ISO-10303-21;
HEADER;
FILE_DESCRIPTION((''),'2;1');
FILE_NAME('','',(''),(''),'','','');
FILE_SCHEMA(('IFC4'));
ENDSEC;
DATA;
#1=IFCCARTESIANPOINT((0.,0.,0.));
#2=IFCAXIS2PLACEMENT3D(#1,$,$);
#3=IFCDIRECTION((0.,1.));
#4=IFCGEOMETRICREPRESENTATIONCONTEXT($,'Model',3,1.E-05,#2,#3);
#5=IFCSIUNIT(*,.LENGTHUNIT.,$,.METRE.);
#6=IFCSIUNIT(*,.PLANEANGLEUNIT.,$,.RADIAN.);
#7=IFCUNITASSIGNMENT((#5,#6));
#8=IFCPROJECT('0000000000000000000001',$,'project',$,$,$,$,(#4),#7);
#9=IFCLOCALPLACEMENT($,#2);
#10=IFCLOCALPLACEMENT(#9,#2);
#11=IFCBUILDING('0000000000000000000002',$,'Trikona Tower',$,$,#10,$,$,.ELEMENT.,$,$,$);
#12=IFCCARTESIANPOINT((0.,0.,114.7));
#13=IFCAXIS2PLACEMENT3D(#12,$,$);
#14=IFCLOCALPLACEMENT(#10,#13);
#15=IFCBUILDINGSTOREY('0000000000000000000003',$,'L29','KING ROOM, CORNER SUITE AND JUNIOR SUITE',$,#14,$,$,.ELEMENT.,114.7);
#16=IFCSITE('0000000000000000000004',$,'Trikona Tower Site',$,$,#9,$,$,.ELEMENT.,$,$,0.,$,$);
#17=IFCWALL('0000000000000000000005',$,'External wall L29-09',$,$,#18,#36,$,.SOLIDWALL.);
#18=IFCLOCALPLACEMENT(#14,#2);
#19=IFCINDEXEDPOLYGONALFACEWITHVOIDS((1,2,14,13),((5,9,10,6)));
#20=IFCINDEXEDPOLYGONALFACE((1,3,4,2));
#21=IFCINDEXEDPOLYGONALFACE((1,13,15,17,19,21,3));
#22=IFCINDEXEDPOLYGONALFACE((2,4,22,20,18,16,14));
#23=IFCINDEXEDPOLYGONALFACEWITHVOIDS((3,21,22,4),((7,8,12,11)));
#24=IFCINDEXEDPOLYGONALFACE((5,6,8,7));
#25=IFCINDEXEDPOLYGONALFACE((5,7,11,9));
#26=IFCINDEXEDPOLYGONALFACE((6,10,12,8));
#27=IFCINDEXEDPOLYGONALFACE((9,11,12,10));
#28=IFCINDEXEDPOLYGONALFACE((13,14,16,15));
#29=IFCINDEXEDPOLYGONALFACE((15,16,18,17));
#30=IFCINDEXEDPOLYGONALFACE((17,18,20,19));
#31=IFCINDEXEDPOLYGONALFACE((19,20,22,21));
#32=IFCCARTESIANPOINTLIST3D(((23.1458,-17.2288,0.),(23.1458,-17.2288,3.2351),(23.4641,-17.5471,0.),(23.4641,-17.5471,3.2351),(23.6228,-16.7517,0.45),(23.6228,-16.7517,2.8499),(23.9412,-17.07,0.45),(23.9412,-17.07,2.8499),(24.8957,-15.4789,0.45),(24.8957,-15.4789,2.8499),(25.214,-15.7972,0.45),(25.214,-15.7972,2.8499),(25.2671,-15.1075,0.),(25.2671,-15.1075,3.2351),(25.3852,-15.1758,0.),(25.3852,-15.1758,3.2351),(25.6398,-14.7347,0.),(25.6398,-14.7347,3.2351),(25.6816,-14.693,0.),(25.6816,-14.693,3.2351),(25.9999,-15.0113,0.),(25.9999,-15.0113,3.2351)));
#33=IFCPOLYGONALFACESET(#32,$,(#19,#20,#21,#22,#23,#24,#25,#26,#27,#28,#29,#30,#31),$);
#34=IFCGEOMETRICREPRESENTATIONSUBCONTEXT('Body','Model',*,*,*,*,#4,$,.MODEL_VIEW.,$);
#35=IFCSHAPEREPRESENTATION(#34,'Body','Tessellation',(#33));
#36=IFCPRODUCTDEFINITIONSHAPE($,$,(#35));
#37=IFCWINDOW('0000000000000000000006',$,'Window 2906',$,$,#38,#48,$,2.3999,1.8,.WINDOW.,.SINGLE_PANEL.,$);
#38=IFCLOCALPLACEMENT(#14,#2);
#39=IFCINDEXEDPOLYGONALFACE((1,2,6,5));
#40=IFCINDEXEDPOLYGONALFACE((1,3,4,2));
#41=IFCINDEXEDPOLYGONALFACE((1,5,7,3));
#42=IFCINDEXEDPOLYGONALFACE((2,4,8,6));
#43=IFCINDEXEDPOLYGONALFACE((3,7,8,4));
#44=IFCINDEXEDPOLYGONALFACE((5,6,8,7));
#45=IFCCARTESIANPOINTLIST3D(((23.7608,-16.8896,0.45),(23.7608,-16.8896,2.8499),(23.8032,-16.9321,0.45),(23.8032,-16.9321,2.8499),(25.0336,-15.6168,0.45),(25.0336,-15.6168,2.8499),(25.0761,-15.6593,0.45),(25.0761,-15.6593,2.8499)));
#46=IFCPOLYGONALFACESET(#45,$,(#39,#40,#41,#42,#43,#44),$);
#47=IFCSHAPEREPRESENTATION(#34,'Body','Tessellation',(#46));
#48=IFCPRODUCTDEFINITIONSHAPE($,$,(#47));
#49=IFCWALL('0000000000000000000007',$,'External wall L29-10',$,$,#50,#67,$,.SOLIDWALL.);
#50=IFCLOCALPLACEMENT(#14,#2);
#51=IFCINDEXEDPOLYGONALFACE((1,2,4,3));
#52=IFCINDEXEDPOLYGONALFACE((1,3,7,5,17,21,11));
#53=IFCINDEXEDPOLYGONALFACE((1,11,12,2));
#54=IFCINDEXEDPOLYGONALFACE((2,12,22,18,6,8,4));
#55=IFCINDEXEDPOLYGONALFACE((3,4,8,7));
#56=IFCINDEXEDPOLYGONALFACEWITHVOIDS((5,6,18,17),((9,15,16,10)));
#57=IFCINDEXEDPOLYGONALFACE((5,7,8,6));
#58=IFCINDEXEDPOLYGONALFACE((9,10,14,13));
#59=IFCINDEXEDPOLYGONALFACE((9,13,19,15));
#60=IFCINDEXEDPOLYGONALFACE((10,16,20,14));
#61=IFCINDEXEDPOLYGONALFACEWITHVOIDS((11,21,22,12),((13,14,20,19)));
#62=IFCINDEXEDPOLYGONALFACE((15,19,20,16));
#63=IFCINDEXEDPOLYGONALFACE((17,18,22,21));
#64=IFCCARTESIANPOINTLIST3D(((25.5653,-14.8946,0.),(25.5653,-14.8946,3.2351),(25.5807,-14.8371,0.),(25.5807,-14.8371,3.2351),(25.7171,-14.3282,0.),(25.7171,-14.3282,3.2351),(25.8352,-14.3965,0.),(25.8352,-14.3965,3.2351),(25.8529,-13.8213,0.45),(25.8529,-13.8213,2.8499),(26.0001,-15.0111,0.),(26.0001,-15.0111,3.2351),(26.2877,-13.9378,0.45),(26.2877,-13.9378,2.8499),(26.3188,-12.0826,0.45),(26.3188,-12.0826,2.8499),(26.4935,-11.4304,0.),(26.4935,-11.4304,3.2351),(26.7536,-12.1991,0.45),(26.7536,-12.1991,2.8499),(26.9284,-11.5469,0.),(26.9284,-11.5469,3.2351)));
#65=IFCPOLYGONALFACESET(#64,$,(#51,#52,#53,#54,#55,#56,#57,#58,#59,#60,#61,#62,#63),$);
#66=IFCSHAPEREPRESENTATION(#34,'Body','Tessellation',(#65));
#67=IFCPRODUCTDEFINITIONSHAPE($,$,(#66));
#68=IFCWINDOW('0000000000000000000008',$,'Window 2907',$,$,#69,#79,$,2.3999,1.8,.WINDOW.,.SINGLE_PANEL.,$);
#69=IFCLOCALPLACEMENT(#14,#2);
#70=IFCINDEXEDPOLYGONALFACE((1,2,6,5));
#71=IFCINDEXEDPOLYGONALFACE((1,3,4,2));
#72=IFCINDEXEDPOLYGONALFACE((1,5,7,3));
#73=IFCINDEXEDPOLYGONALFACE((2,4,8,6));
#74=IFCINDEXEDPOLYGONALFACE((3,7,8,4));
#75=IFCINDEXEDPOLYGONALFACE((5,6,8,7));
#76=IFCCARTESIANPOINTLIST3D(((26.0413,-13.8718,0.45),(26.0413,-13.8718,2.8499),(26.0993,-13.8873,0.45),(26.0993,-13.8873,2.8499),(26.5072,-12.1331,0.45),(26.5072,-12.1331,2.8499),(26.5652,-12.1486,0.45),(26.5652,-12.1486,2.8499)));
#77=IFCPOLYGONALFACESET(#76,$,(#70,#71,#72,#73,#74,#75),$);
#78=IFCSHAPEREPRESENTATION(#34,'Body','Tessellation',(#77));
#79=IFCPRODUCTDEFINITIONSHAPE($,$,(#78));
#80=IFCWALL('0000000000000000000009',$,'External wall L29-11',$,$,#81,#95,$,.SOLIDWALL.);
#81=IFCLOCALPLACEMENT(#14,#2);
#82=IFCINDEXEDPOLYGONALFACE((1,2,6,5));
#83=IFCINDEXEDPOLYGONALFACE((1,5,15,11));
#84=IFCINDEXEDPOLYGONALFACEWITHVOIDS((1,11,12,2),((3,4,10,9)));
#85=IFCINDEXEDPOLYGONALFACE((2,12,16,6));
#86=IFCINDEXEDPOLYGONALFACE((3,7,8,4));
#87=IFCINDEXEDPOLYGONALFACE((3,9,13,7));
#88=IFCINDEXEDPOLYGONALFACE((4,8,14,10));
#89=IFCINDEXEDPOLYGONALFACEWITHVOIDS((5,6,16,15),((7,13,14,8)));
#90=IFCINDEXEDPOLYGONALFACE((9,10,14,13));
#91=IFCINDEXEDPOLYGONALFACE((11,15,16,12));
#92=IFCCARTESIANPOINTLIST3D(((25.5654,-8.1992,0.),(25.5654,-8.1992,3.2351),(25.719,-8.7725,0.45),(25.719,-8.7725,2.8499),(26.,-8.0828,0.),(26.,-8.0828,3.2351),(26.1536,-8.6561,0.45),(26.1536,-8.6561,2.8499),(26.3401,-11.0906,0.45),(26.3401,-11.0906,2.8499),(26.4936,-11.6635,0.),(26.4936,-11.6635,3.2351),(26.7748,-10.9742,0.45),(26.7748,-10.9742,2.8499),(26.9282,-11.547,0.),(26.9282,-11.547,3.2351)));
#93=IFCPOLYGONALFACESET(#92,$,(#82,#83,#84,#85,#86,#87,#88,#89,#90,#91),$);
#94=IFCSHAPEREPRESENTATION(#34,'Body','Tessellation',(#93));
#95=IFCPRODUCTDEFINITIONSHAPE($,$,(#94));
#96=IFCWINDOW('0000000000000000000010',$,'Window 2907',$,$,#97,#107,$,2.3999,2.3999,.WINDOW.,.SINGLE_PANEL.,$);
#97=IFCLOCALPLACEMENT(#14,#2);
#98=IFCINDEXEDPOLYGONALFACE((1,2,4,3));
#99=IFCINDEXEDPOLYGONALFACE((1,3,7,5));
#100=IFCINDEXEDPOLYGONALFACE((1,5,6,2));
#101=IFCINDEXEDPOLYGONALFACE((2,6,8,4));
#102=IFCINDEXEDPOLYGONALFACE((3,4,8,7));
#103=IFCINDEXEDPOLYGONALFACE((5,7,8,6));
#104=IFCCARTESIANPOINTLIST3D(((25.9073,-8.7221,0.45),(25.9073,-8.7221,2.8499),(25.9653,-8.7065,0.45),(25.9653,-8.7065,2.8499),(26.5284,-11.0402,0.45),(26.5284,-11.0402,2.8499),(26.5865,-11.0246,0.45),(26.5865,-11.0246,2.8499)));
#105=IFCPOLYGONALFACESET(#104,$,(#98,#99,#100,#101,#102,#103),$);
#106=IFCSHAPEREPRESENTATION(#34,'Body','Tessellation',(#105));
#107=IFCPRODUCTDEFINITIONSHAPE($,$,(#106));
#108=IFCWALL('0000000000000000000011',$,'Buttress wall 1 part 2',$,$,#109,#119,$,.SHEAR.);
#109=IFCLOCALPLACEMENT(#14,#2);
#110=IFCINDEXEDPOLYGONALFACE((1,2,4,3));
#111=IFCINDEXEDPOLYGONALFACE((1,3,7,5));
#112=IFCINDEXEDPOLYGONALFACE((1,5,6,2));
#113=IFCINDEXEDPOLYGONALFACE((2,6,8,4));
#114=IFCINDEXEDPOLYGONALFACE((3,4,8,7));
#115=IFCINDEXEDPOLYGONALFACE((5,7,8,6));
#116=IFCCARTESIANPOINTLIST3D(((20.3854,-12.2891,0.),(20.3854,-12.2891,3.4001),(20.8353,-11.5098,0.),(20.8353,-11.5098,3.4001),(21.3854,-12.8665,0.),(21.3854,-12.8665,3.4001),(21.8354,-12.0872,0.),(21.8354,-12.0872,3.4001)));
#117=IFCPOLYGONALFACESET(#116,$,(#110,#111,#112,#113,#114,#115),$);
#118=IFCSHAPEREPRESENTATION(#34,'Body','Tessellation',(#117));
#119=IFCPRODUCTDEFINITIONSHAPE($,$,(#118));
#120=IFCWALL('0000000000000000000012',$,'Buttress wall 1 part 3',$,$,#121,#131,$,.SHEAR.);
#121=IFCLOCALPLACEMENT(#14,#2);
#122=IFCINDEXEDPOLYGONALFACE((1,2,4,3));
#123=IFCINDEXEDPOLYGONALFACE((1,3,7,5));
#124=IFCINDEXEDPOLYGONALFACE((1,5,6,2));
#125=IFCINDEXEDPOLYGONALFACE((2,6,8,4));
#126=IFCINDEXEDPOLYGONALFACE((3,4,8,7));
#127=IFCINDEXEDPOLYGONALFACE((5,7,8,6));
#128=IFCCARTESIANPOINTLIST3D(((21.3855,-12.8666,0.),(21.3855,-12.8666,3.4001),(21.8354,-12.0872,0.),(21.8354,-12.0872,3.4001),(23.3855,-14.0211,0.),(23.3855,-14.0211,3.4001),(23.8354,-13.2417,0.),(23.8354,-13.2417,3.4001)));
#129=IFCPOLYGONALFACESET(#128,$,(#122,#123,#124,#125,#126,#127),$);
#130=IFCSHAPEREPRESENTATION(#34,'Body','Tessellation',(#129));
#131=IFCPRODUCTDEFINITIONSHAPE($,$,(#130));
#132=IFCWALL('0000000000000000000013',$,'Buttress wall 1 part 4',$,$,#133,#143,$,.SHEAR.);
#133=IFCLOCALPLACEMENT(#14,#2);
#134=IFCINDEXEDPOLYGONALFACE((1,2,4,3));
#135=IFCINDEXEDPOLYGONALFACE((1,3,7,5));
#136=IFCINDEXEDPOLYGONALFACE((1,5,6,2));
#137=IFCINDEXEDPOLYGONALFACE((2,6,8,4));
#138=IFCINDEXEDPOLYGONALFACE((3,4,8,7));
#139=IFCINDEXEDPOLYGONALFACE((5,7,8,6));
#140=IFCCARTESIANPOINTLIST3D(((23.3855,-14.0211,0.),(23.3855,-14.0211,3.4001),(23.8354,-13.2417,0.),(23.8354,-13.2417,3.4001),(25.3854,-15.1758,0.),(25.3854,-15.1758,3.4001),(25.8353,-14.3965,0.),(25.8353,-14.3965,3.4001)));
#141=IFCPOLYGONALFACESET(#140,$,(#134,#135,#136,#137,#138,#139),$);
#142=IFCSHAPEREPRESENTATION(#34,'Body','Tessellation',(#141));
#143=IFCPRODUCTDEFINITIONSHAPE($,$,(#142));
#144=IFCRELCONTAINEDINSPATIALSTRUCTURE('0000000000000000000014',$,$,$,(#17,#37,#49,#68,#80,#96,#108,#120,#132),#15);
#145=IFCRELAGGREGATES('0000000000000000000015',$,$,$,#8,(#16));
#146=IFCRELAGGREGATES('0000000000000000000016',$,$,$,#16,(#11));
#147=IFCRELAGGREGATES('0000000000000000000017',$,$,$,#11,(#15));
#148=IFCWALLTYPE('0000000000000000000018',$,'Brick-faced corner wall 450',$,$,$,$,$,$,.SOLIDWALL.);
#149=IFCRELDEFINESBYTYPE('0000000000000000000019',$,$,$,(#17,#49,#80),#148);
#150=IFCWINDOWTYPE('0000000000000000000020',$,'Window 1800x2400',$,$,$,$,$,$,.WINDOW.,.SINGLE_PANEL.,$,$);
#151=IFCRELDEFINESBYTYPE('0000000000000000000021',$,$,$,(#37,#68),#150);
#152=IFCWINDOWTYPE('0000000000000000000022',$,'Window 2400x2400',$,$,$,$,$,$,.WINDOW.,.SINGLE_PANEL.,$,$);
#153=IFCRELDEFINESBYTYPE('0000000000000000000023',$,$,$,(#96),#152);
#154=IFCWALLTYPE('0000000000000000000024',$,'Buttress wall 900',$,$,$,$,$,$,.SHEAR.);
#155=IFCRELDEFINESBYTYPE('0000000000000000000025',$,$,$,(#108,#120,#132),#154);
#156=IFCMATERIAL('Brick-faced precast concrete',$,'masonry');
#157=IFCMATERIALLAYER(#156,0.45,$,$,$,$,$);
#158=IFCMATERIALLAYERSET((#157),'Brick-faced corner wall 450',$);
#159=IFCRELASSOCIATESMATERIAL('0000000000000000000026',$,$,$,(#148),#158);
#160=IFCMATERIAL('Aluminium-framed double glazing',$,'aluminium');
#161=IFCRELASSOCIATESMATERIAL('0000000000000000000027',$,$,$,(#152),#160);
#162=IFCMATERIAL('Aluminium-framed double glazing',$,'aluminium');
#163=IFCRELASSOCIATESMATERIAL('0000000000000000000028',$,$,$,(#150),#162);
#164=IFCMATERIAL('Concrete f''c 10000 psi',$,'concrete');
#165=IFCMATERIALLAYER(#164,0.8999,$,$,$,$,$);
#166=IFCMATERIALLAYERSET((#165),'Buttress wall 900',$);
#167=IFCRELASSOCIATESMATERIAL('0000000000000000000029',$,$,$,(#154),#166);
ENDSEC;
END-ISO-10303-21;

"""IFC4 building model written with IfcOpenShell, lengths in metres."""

from ifc_helpers import new_model, si_unit, direction, frame, frame_2d, origin, place, context, subcontext, project, spatial, polyline, rectangle, outline, extrude, material, layer, layer_set, type_object, element, fill, save


model = new_model("IFC4")

# Units and contexts
model_context = context("Model", 3, precision=1e-05, world=origin(), true_north=direction((0.0, 1.0)))
body_context = subcontext(model_context, "Body", "Model", "MODEL_VIEW")
ifc_project = project(units=[si_unit("LENGTHUNIT", "METRE"), si_unit("PLANEANGLEUNIT", "RADIAN")], contexts=[model_context])

# Site, building, storey
site_placement = place(None, origin())
site = spatial("IfcSite", under=ifc_project, at=site_placement, Name="Trikona Tower Site", CompositionType="ELEMENT", RefElevation=0.0)
building_placement = place(site_placement, origin())
building = spatial("IfcBuilding", under=site, at=building_placement, Name="Trikona Tower", CompositionType="ELEMENT")
storey_placement = place(building_placement, frame((0.0, 0.0, 114.7)))
storey = spatial("IfcBuildingStorey", under=building, at=storey_placement, Name="L29", Description="KING ROOM, CORNER SUITE AND JUNIOR SUITE", CompositionType="ELEMENT", Elevation=114.7)

# Walls, openings, windows
ifc_material_1 = material(Name="Brick-faced precast concrete", Category="masonry")
ifc_layer_1 = layer(ifc_material_1, 0.45)
ifc_layer_set_1 = layer_set([ifc_layer_1], Name="Brick-faced corner wall 450")
wall_type_1 = type_object("IfcWallType", Name="Brick-faced corner wall 450", PredefinedType="SOLIDWALL", material=ifc_layer_set_1)
ifc_material_2 = material(Name="Aluminium-framed double glazing", Category="aluminium")
window_type_1 = type_object("IfcWindowType", Name="Window 2400x2400", PartitioningType="SINGLE_PANEL", PredefinedType="WINDOW", material=ifc_material_2)
wall_1_placement = place(storey_placement, frame((23.3049, -17.3879, 0.0), z_axis=(0.0, 0.0, 1.0), x_axis=(0.707107, 0.707107, 0.0)))
wall_1 = element("IfcWall", 1, at=wall_1_placement, inside=storey, type_object=wall_type_1, Name="External wall L29-09", PredefinedType="SOLIDWALL", context=body_context, shape_type="SweptSolid", body=[
    extrude(outline(polyline([(3.5862, 0.2251), (3.5271, 0.2251), (3.0352, 0.0933), (3.0, 0.2251), (0.0, 0.2251), (0.0, -0.2251), (3.5862, -0.2251), (3.5862, 0.2251)])), origin(), (0.0, 0.0, 1.0), 3.2351),
])
opening_1_placement = place(wall_1_placement, frame((0.6748, 0.0, 0.45)))
opening_1 = element("IfcOpeningElement", 2, at=opening_1_placement, cuts=wall_1, PredefinedType="OPENING", context=body_context, shape_type="SweptSolid", body=[
    extrude(rectangle(XDim=1.8, YDim=2.3999, at=frame_2d((0.8999, 1.2))), frame((0.0, 0.2349, 0.0), z_axis=(0.0, -1.0, 0.0), x_axis=(1.0, 0.0, 0.0)), (0.0, 0.0, 1.0), 0.47),
])
ifc_material_3 = material(Name="Aluminium-framed double glazing", Category="aluminium")
window_type_2 = type_object("IfcWindowType", Name="Window 1800x2400", PartitioningType="SINGLE_PANEL", PredefinedType="WINDOW", material=ifc_material_3)
window_1_placement = place(opening_1_placement, origin())
window_1 = element("IfcWindow", 3, at=window_1_placement, inside=storey, type_object=window_type_2, Name="Window 2906", OverallHeight=2.3999, OverallWidth=1.8, PartitioningType="SINGLE_PANEL", PredefinedType="WINDOW", context=body_context, shape_type="SweptSolid", body=[
    extrude(rectangle(XDim=1.8, YDim=2.3999, at=frame_2d((0.8999, 1.2))), frame((0.0, 0.03, 0.0), z_axis=(0.0, -1.0, 0.0), x_axis=(1.0, 0.0, 0.0)), (0.0, 0.0, 1.0), 0.0601),
])
fill(opening_1, window_1)
wall_2_placement = place(storey_placement, frame((25.7827, -14.9529, 0.0), z_axis=(0.0, 0.0, 1.0), x_axis=(0.258823, 0.965925, 0.0)))
wall_2 = element("IfcWall", 4, at=wall_2_placement, inside=storey, type_object=wall_type_1, Name="External wall L29-10", PredefinedType="SOLIDWALL", context=body_context, shape_type="SweptSolid", body=[
    extrude(outline(polyline([(3.5864, 0.2251), (0.5864, 0.2251), (0.551, 0.0933), (0.0596, 0.2251), (0.0, 0.2251), (0.0, -0.2251), (3.5864, -0.2251), (3.5864, 0.2251)])), origin(), (0.0, 0.0, 1.0), 3.2351),
])
opening_2_placement = place(wall_2_placement, frame((1.1113, 0.0, 0.45)))
opening_2 = element("IfcOpeningElement", 5, at=opening_2_placement, cuts=wall_2, PredefinedType="OPENING", context=body_context, shape_type="SweptSolid", body=[
    extrude(rectangle(XDim=1.8, YDim=2.3999, at=frame_2d((0.8999, 1.2))), frame((0.0, 0.2349, 0.0), z_axis=(0.0, -1.0, 0.0), x_axis=(1.0, 0.0, 0.0)), (0.0, 0.0, 1.0), 0.47),
])
window_2_placement = place(opening_2_placement, origin())
window_2 = element("IfcWindow", 6, at=window_2_placement, inside=storey, type_object=window_type_2, Name="Window 2907", OverallHeight=2.3999, OverallWidth=1.8, PartitioningType="SINGLE_PANEL", PredefinedType="WINDOW", context=body_context, shape_type="SweptSolid", body=[
    extrude(rectangle(XDim=1.8, YDim=2.3999, at=frame_2d((0.8999, 1.2))), frame((0.0, 0.03, 0.0), z_axis=(0.0, -1.0, 0.0), x_axis=(1.0, 0.0, 0.0)), (0.0, 0.0, 1.0), 0.0601),
])
fill(opening_2, window_2)
wall_3_placement = place(storey_placement, frame((26.7109, -11.6052, 0.0), z_axis=(0.0, 0.0, 1.0), x_axis=(-0.258823, 0.965925, 0.0)))
wall_3 = element("IfcWall", 7, at=wall_3_placement, inside=storey, type_object=wall_type_1, Name="External wall L29-11", PredefinedType="SOLIDWALL", context=body_context, shape_type="SweptSolid", body=[
    extrude(rectangle(XDim=3.5864, YDim=0.45, at=frame_2d((1.7932, 0.0))), origin(), (0.0, 0.0, 1.0), 3.2351),
])
opening_3_placement = place(wall_3_placement, frame((0.593, 0.0, 0.45)))
opening_3 = element("IfcOpeningElement", 8, at=opening_3_placement, cuts=wall_3, PredefinedType="OPENING", context=body_context, shape_type="SweptSolid", body=[
    extrude(rectangle(XDim=2.3999, YDim=2.3999, at=frame_2d((1.2, 1.2))), frame((0.0, 0.2349, 0.0), z_axis=(0.0, -1.0, 0.0), x_axis=(1.0, 0.0, 0.0)), (0.0, 0.0, 1.0), 0.47),
])
window_3_placement = place(opening_3_placement, origin())
window_3 = element("IfcWindow", 9, at=window_3_placement, inside=storey, type_object=window_type_1, Name="Window 2907", OverallHeight=2.3999, OverallWidth=2.3999, PartitioningType="SINGLE_PANEL", PredefinedType="WINDOW", context=body_context, shape_type="SweptSolid", body=[
    extrude(rectangle(XDim=2.3999, YDim=2.3999, at=frame_2d((1.2, 1.2))), frame((0.0, 0.03, 0.0), z_axis=(0.0, -1.0, 0.0), x_axis=(1.0, 0.0, 0.0)), (0.0, 0.0, 1.0), 0.0601),
])
fill(opening_3, window_3)

# Walls
ifc_material_4 = material(Name="Concrete f'c 10000 psi", Category="concrete")
ifc_layer_2 = layer(ifc_material_4, 0.8999)
ifc_layer_set_2 = layer_set([ifc_layer_2], Name="Buttress wall 900")
wall_type_2 = type_object("IfcWallType", Name="Buttress wall 900", PredefinedType="SHEAR", material=ifc_layer_set_2)
wall_4_placement = place(storey_placement, frame((20.6104, -11.8994, 0.0), z_axis=(0.0, 0.0, 1.0), x_axis=(0.86601, -0.500027, 0.0)))
element("IfcWall", 10, at=wall_4_placement, inside=storey, type_object=wall_type_2, Name="Buttress wall 1 part 2", PredefinedType="SHEAR", context=body_context, shape_type="SweptSolid", body=[
    extrude(rectangle(XDim=1.1548, YDim=0.8999, at=frame_2d((0.5774, 0.0))), origin(), (0.0, 0.0, 1.0), 3.4001),
])
for number, where, z_axis, x_axis, name in (
    (11, (21.6104, -12.4768, 0.0), (0.0, 0.0, 1.0), (0.866055, -0.499948, 0.0), "Buttress wall 1 part 3"),
    (12, (23.6104, -13.6313, 0.0), (0.0, 0.0, 1.0), (0.86601, -0.500027, 0.0), "Buttress wall 1 part 4"),
):
    element("IfcWall", number, at=place(storey_placement, frame(where, z_axis=z_axis, x_axis=x_axis)), inside=storey, type_object=wall_type_2, Name=name, PredefinedType="SHEAR", context=body_context, shape_type="SweptSolid", body=[
        extrude(rectangle(XDim=2.3093, YDim=0.8999, at=frame_2d((1.1548, 0.0))), origin(), (0.0, 0.0, 1.0), 3.4001),
    ])

save(model, "model.ifc")
